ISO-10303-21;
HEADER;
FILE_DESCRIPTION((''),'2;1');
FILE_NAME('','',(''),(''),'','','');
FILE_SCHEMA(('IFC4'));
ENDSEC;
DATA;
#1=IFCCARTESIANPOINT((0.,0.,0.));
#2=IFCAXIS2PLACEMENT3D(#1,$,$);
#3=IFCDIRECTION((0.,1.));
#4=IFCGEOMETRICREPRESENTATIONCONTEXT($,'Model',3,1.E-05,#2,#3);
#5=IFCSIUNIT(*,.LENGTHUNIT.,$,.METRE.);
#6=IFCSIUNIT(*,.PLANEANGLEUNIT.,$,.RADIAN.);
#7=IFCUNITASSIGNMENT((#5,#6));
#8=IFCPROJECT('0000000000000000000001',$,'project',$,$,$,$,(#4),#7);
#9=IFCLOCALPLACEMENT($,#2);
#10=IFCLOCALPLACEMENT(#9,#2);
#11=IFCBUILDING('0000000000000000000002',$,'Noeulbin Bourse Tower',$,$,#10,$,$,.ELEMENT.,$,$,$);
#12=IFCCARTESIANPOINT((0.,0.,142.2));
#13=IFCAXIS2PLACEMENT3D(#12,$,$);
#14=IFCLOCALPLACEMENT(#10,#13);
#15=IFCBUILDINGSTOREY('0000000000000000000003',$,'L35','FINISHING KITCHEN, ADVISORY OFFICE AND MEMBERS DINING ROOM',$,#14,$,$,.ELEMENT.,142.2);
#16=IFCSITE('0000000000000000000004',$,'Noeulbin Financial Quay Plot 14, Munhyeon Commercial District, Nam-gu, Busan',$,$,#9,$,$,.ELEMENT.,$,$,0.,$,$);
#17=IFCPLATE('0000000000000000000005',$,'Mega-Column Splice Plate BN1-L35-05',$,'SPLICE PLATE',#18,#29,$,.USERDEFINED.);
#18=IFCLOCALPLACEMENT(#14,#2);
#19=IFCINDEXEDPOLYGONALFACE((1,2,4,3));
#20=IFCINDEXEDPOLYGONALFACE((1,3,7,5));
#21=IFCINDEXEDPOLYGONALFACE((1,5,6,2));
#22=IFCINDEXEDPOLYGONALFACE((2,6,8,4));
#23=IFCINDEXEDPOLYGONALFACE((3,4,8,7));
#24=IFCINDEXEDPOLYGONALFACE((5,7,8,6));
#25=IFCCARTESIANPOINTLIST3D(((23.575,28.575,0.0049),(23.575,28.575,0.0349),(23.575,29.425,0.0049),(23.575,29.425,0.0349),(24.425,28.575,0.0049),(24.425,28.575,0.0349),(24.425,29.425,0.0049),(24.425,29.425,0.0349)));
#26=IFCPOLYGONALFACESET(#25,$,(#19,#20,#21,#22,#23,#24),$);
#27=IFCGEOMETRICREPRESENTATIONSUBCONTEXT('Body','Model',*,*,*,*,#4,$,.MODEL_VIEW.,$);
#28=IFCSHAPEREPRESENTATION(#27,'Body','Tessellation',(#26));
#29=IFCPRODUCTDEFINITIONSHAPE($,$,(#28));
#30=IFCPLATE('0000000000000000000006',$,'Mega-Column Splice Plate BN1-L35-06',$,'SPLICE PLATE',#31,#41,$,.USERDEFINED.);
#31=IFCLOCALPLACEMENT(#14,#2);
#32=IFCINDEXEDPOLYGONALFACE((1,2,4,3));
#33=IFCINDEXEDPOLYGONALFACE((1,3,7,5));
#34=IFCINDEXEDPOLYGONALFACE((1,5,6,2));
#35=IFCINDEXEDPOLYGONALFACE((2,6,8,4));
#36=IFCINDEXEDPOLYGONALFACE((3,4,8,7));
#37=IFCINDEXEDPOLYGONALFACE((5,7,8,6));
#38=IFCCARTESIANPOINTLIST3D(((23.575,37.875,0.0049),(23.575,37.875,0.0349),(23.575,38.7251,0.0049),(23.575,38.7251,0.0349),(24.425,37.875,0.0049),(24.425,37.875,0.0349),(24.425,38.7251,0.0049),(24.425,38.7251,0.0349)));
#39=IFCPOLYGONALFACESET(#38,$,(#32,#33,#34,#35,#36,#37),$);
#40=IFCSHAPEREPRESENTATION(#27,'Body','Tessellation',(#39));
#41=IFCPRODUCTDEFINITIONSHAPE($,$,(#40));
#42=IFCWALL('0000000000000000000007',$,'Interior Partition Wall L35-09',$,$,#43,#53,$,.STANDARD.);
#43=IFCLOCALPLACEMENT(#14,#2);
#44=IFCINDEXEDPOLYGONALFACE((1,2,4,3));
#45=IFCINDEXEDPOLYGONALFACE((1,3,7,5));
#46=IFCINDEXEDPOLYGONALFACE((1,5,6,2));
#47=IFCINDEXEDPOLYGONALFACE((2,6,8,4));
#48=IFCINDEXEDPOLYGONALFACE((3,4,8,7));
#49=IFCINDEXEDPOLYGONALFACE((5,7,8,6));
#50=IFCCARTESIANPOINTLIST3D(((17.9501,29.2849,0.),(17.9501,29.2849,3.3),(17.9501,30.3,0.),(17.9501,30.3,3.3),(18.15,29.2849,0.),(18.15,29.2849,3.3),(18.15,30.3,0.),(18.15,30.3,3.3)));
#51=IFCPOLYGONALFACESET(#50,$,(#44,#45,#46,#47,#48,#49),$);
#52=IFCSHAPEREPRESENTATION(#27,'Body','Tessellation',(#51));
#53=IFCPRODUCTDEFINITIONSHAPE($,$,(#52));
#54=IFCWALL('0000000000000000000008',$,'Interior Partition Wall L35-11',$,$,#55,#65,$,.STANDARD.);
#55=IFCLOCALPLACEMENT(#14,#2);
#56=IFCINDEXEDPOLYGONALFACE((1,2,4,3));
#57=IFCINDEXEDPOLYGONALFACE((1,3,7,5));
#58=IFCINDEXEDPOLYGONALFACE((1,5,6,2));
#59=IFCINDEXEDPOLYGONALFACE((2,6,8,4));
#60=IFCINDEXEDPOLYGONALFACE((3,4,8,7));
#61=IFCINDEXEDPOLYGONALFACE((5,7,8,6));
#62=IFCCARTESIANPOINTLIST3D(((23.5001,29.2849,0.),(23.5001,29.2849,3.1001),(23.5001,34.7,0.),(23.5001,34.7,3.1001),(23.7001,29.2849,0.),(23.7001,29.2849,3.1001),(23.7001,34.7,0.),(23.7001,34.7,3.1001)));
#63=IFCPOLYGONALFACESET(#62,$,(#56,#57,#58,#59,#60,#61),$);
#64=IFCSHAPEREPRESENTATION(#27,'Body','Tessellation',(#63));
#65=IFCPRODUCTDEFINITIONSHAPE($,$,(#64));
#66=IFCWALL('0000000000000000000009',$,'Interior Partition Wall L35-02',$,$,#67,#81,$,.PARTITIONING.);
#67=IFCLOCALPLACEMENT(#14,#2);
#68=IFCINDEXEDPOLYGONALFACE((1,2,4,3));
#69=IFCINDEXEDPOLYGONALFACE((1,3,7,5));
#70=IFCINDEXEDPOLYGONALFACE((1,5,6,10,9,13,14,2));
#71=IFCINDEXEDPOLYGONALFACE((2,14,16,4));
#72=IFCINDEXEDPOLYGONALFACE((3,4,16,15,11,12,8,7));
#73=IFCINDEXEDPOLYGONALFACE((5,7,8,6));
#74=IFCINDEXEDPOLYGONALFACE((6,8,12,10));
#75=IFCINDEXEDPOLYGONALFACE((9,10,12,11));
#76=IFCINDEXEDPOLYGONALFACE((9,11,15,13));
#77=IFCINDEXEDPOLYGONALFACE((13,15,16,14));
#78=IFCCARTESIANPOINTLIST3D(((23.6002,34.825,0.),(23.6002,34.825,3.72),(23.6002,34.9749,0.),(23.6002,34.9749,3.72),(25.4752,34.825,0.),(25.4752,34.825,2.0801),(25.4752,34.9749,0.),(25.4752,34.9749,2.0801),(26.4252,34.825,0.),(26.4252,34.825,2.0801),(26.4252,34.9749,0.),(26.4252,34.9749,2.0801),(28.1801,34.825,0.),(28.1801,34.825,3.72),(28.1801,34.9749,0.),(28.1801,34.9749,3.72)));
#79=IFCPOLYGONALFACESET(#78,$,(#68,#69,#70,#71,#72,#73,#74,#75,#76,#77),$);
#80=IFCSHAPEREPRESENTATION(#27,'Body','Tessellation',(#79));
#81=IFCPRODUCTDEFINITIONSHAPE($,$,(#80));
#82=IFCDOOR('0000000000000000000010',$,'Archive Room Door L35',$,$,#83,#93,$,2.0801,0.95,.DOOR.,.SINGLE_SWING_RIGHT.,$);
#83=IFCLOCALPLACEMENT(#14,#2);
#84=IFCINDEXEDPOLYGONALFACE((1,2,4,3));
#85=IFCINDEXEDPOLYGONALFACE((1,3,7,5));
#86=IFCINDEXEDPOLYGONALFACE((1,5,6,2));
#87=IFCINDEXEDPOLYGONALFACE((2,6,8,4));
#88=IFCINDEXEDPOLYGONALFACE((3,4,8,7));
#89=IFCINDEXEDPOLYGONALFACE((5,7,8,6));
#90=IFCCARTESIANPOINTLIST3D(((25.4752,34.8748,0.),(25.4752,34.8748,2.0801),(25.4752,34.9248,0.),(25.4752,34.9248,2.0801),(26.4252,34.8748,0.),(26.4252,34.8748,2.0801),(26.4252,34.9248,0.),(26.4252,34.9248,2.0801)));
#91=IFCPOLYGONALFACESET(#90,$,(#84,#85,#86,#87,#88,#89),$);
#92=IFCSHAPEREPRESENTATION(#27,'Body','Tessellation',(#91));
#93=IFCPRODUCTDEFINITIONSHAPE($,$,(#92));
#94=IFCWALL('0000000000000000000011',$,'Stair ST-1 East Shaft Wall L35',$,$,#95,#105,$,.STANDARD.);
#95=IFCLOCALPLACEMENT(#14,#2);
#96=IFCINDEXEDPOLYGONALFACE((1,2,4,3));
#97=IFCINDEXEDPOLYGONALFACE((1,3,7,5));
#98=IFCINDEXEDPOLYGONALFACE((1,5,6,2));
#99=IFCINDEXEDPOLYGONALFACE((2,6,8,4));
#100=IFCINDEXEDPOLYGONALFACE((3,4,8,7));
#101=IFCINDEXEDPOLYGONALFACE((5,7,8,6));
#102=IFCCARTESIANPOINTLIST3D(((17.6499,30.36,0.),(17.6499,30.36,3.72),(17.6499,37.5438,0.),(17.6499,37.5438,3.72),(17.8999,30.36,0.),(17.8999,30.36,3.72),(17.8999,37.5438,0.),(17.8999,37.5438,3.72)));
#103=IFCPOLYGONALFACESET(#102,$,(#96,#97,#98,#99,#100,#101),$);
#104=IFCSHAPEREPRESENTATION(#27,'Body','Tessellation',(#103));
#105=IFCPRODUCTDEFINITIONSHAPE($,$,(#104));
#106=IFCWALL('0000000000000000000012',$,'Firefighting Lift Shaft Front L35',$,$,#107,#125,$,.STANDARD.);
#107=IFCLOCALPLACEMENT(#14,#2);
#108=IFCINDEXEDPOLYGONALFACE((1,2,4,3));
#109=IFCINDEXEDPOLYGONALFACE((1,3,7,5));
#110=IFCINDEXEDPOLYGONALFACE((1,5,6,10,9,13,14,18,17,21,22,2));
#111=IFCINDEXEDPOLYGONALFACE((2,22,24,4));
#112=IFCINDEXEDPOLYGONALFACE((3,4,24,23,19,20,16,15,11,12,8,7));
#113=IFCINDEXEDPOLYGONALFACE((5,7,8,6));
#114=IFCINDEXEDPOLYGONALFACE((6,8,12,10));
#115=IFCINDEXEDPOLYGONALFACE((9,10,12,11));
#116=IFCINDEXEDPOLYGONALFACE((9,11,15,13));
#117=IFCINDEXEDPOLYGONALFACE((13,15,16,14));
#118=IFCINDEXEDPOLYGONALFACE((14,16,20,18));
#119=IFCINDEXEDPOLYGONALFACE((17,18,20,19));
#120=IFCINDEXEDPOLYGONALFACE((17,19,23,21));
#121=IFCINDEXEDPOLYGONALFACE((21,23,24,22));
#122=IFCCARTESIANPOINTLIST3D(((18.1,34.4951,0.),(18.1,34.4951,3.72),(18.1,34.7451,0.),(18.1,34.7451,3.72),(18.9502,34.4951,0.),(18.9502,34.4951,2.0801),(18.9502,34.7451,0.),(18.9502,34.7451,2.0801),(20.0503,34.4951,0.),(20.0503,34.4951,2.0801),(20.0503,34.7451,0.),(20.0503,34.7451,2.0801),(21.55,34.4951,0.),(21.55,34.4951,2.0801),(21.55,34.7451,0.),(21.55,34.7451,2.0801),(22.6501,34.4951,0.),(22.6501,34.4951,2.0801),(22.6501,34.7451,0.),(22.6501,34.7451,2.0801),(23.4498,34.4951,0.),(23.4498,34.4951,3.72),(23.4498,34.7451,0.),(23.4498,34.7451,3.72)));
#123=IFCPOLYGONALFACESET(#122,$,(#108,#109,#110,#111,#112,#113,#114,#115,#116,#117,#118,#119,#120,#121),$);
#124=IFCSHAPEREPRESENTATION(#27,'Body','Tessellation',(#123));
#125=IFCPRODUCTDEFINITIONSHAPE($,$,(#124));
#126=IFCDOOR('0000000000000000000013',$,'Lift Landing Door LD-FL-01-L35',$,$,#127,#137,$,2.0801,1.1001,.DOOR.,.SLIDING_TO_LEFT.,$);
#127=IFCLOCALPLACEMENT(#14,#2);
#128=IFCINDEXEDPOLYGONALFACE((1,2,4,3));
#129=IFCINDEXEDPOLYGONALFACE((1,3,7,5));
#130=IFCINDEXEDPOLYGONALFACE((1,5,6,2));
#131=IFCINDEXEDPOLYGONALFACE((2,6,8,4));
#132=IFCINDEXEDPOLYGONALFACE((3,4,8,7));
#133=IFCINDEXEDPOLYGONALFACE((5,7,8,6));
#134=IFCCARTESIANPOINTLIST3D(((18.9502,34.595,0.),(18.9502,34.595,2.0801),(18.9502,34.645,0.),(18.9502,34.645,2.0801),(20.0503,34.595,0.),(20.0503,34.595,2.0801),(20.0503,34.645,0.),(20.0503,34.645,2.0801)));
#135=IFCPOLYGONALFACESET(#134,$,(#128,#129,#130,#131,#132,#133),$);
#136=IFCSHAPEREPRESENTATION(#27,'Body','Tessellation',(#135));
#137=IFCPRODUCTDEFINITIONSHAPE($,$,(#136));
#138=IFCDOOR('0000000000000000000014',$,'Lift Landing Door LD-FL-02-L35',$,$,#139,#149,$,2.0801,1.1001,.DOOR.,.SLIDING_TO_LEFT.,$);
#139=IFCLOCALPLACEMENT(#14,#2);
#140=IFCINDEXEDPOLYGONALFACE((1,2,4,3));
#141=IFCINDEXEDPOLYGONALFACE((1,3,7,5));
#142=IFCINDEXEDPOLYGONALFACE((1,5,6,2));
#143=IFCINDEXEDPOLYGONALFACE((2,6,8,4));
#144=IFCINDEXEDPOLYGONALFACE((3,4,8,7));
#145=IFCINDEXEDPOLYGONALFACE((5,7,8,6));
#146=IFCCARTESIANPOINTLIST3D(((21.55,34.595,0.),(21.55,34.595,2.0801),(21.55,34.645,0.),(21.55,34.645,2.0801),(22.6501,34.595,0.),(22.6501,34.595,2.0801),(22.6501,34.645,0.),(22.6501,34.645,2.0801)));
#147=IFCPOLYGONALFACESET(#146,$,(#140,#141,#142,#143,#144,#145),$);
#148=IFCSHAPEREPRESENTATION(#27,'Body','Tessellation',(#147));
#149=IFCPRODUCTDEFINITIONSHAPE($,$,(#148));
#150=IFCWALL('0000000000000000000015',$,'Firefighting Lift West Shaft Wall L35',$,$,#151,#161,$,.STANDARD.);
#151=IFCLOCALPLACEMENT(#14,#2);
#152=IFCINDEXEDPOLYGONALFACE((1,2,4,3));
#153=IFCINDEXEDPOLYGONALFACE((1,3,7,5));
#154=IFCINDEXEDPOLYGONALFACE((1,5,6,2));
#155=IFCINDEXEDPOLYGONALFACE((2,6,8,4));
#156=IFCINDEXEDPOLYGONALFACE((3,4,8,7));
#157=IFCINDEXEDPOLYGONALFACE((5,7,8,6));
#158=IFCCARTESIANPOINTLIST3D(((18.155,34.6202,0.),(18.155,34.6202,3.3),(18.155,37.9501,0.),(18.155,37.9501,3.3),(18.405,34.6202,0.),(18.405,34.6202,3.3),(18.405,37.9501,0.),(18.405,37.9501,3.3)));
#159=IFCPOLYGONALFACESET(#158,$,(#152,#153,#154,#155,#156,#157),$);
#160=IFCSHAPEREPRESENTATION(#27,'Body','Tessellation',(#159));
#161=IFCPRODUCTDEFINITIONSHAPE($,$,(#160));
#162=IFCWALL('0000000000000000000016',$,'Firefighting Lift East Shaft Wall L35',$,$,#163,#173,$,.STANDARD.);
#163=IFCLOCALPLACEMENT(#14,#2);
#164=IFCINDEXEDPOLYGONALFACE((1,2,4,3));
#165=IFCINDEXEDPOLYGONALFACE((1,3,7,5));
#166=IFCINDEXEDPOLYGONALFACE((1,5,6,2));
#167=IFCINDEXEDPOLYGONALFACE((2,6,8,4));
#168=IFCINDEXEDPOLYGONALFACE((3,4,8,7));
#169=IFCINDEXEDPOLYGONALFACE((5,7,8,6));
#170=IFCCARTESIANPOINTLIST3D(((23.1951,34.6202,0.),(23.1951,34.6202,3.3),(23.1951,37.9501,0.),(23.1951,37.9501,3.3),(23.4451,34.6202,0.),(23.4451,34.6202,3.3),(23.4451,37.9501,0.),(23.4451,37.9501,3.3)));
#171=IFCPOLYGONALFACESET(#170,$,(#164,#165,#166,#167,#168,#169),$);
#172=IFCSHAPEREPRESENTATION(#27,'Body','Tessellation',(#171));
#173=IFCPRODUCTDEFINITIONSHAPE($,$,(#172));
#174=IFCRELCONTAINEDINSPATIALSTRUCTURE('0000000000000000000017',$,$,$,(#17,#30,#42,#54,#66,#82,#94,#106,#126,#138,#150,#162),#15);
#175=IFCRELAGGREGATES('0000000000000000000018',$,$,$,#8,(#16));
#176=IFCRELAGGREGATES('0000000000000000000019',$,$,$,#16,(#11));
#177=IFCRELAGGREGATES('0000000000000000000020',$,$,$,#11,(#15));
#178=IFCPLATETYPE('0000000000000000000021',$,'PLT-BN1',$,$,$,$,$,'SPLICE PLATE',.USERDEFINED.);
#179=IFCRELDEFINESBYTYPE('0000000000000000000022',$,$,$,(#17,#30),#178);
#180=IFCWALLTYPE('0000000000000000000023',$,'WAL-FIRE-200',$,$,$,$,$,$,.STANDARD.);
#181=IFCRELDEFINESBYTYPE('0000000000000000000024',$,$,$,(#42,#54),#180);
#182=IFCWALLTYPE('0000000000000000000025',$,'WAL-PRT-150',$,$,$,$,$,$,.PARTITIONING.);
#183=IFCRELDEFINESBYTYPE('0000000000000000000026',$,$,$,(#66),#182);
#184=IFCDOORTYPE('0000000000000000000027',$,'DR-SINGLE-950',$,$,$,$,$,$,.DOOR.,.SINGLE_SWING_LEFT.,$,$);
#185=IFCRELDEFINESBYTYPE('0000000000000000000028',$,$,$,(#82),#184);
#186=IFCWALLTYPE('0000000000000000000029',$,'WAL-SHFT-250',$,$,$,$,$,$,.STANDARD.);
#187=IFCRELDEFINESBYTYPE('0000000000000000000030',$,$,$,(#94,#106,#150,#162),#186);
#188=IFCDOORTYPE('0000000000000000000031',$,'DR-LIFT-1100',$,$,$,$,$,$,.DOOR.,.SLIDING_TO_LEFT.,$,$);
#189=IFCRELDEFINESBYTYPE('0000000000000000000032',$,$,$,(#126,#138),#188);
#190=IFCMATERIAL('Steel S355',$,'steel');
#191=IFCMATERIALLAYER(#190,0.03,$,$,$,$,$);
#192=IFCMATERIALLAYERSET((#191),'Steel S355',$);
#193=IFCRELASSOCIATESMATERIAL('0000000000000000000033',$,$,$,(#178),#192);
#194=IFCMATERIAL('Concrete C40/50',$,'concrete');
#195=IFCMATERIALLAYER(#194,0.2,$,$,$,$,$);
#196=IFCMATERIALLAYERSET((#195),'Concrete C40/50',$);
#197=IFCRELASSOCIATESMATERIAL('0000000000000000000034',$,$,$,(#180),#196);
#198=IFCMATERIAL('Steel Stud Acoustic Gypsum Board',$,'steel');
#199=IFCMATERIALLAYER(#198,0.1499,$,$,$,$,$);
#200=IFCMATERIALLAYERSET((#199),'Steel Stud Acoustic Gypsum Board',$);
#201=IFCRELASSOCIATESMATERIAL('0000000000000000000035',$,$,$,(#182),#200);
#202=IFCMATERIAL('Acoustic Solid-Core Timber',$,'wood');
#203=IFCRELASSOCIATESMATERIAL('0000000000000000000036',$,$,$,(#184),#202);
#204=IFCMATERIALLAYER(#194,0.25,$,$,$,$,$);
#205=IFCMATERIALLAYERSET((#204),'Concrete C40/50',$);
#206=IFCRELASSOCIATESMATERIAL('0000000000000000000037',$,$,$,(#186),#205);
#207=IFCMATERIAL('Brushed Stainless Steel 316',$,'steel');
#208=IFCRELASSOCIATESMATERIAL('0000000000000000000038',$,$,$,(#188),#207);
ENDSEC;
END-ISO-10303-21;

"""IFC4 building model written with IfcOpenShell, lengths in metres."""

from ifc_helpers import new_model, si_unit, direction, frame, frame_2d, origin, origin_2d, place, context, subcontext, project, spatial, rectangle, extrude, material, layer, layer_set, type_object, element, fill, save


model = new_model("IFC4")

# Units and contexts
model_context = context("Model", 3, precision=1e-05, world=origin(), true_north=direction((0.0, 1.0)))
body_context = subcontext(model_context, "Body", "Model", "MODEL_VIEW")
ifc_project = project(units=[si_unit("LENGTHUNIT", "METRE"), si_unit("PLANEANGLEUNIT", "RADIAN")], contexts=[model_context])

# Site, building, storey
site_placement = place(None, origin())
site = spatial("IfcSite", under=ifc_project, at=site_placement, Name="Noeulbin Financial Quay Plot 14, Munhyeon Commercial District, Nam-gu, Busan", CompositionType="ELEMENT", RefElevation=0.0)
building_placement = place(site_placement, origin())
building = spatial("IfcBuilding", under=site, at=building_placement, Name="Noeulbin Bourse Tower", CompositionType="ELEMENT")
storey_placement = place(building_placement, frame((0.0, 0.0, 142.2)))
storey = spatial("IfcBuildingStorey", under=building, at=storey_placement, Name="L35", Description="FINISHING KITCHEN, ADVISORY OFFICE AND MEMBERS DINING ROOM", CompositionType="ELEMENT", Elevation=142.2)

# Plates
ifc_material_1 = material(Name="Steel S355", Category="steel")
ifc_layer_1 = layer(ifc_material_1, 0.03)
ifc_layer_set_1 = layer_set([ifc_layer_1], Name="Steel S355")
plate_type = type_object("IfcPlateType", Name="PLT-BN1", ElementType="SPLICE PLATE", PredefinedType="USERDEFINED", material=ifc_layer_set_1)
for number, where, z_axis, x_axis, name in (
    (1, (24.0, 29.0, 0.0049), (0.0, 0.0, 1.0), (1.0, 0.0, 0.0), "Mega-Column Splice Plate BN1-L35-05"),
    (2, (24.0, 38.3, 0.0049), (0.0, 0.0, 1.0), (1.0, 0.0, 0.0), "Mega-Column Splice Plate BN1-L35-06"),
):
    element("IfcPlate", number, at=place(storey_placement, frame(where, z_axis=z_axis, x_axis=x_axis)), inside=storey, type_object=plate_type, Name=name, ObjectType="SPLICE PLATE", PredefinedType="USERDEFINED", context=body_context, shape_type="SweptSolid", body=[
        extrude(rectangle(XDim=0.8501, YDim=0.8501, at=origin_2d()), origin(), (0.0, 0.0, 1.0), 0.03),
    ])

# Walls
ifc_material_2 = material(Name="Concrete C40/50", Category="concrete")
ifc_layer_2 = layer(ifc_material_2, 0.2)
ifc_layer_set_2 = layer_set([ifc_layer_2], Name="Concrete C40/50")
wall_type_1 = type_object("IfcWallType", Name="WAL-FIRE-200", PredefinedType="STANDARD", material=ifc_layer_set_2)
wall_1_placement = place(storey_placement, frame((18.05, 29.2849, 0.0), z_axis=(0.0, 0.0, 1.0), x_axis=(0.0, 1.0, 0.0)))
element("IfcWall", 3, at=wall_1_placement, inside=storey, type_object=wall_type_1, Name="Interior Partition Wall L35-09", PredefinedType="STANDARD", context=body_context, shape_type="SweptSolid", body=[
    extrude(rectangle(XDim=1.0151, YDim=0.2, at=frame_2d((0.5076, 0.0))), origin(), (0.0, 0.0, 1.0), 3.3),
])
wall_2_placement = place(storey_placement, frame((23.6001, 29.2849, 0.0), z_axis=(0.0, 0.0, 1.0), x_axis=(0.0, 1.0, 0.0)))
element("IfcWall", 4, at=wall_2_placement, inside=storey, type_object=wall_type_1, Name="Interior Partition Wall L35-11", PredefinedType="STANDARD", context=body_context, shape_type="SweptSolid", body=[
    extrude(rectangle(XDim=5.415, YDim=0.2, at=frame_2d((2.7075, 0.0))), origin(), (0.0, 0.0, 1.0), 3.1001),
])

# Wall, opening, door
ifc_material_3 = material(Name="Steel Stud Acoustic Gypsum Board", Category="steel")
ifc_layer_3 = layer(ifc_material_3, 0.1499)
ifc_layer_set_3 = layer_set([ifc_layer_3], Name="Steel Stud Acoustic Gypsum Board")
wall_type_2 = type_object("IfcWallType", Name="WAL-PRT-150", PredefinedType="PARTITIONING", material=ifc_layer_set_3)
wall_3_placement = place(storey_placement, frame((23.6001, 34.8999, 0.0), z_axis=(0.0, 0.0, 1.0), x_axis=(1.0, 0.0, 0.0)))
wall_3 = element("IfcWall", 5, at=wall_3_placement, inside=storey, type_object=wall_type_2, Name="Interior Partition Wall L35-02", PredefinedType="PARTITIONING", context=body_context, shape_type="SweptSolid", body=[
    extrude(rectangle(XDim=4.5798, YDim=0.1499, at=frame_2d((2.29, 0.0))), origin(), (0.0, 0.0, 1.0), 3.72),
])
opening_1_placement = place(wall_3_placement, frame((1.875, 0.0, 0.0)))
opening_1 = element("IfcOpeningElement", 6, at=opening_1_placement, cuts=wall_3, PredefinedType="OPENING", context=body_context, shape_type="SweptSolid", body=[
    extrude(rectangle(XDim=0.95, YDim=2.0801, at=frame_2d((0.4751, 1.04))), frame((0.0, 0.085, 0.0), z_axis=(0.0, -1.0, 0.0), x_axis=(1.0, 0.0, 0.0)), (0.0, 0.0, 1.0), 0.1699),
])
ifc_material_4 = material(Name="Acoustic Solid-Core Timber", Category="wood")
door_type_1 = type_object("IfcDoorType", Name="DR-SINGLE-950", OperationType="SINGLE_SWING_LEFT", PredefinedType="DOOR", material=ifc_material_4)
door_1_placement = place(opening_1_placement, origin())
door_1 = element("IfcDoor", 7, at=door_1_placement, inside=storey, type_object=door_type_1, Name="Archive Room Door L35", OperationType="SINGLE_SWING_RIGHT", OverallHeight=2.0801, OverallWidth=0.95, PredefinedType="DOOR", context=body_context, shape_type="SweptSolid", body=[
    extrude(rectangle(XDim=0.95, YDim=2.0801, at=frame_2d((0.4751, 1.04))), frame((0.0, 0.0249, 0.0), z_axis=(0.0, -1.0, 0.0), x_axis=(1.0, 0.0, 0.0)), (0.0, 0.0, 1.0), 0.05),
])
fill(opening_1, door_1)

# Wall
ifc_layer_4 = layer(ifc_material_2, 0.25)
ifc_layer_set_4 = layer_set([ifc_layer_4], Name="Concrete C40/50")
wall_type_3 = type_object("IfcWallType", Name="WAL-SHFT-250", PredefinedType="STANDARD", material=ifc_layer_set_4)
wall_4_placement = place(storey_placement, frame((17.7749, 30.3601, 0.0), z_axis=(0.0, 0.0, 1.0), x_axis=(0.0, 1.0, 0.0)))
element("IfcWall", 8, at=wall_4_placement, inside=storey, type_object=wall_type_3, Name="Stair ST-1 East Shaft Wall L35", PredefinedType="STANDARD", context=body_context, shape_type="SweptSolid", body=[
    extrude(rectangle(XDim=7.1838, YDim=0.25, at=frame_2d((3.5918, 0.0))), origin(), (0.0, 0.0, 1.0), 3.72),
])

# Wall, openings, doors
wall_5_placement = place(storey_placement, frame((18.1001, 34.6201, 0.0), z_axis=(0.0, 0.0, 1.0), x_axis=(1.0, 0.0, 0.0)))
wall_5 = element("IfcWall", 9, at=wall_5_placement, inside=storey, type_object=wall_type_3, Name="Firefighting Lift Shaft Front L35", PredefinedType="STANDARD", context=body_context, shape_type="SweptSolid", body=[
    extrude(rectangle(XDim=5.3499, YDim=0.25, at=frame_2d((2.6748, 0.0))), origin(), (0.0, 0.0, 1.0), 3.72),
])
opening_2_placement = place(wall_5_placement, frame((0.8501, 0.0, 0.0)))
opening_2 = element("IfcOpeningElement", 10, at=opening_2_placement, cuts=wall_5, PredefinedType="OPENING", context=body_context, shape_type="SweptSolid", body=[
    extrude(rectangle(XDim=1.1001, YDim=2.0801, at=frame_2d((0.55, 1.04))), frame((0.0, 0.135, 0.0), z_axis=(0.0, -1.0, 0.0), x_axis=(1.0, 0.0, 0.0)), (0.0, 0.0, 1.0), 0.27),
])
opening_3_placement = place(wall_5_placement, frame((3.45, 0.0, 0.0)))
opening_3 = element("IfcOpeningElement", 11, at=opening_3_placement, cuts=wall_5, PredefinedType="OPENING", context=body_context, shape_type="SweptSolid", body=[
    extrude(rectangle(XDim=1.1001, YDim=2.0801, at=frame_2d((0.55, 1.04))), frame((0.0, 0.135, 0.0), z_axis=(0.0, -1.0, 0.0), x_axis=(1.0, 0.0, 0.0)), (0.0, 0.0, 1.0), 0.27),
])
ifc_material_5 = material(Name="Brushed Stainless Steel 316", Category="steel")
door_type_2 = type_object("IfcDoorType", Name="DR-LIFT-1100", OperationType="SLIDING_TO_LEFT", PredefinedType="DOOR", material=ifc_material_5)
door_2_placement = place(opening_2_placement, origin())
door_2 = element("IfcDoor", 12, at=door_2_placement, inside=storey, type_object=door_type_2, Name="Lift Landing Door LD-FL-01-L35", OperationType="SLIDING_TO_LEFT", OverallHeight=2.0801, OverallWidth=1.1001, PredefinedType="DOOR", context=body_context, shape_type="SweptSolid", body=[
    extrude(rectangle(XDim=1.1001, YDim=2.0801, at=frame_2d((0.55, 1.04))), frame((0.0, 0.0249, 0.0), z_axis=(0.0, -1.0, 0.0), x_axis=(1.0, 0.0, 0.0)), (0.0, 0.0, 1.0), 0.05),
])
fill(opening_2, door_2)
door_3_placement = place(opening_3_placement, origin())
door_3 = element("IfcDoor", 13, at=door_3_placement, inside=storey, type_object=door_type_2, Name="Lift Landing Door LD-FL-02-L35", OperationType="SLIDING_TO_LEFT", OverallHeight=2.0801, OverallWidth=1.1001, PredefinedType="DOOR", context=body_context, shape_type="SweptSolid", body=[
    extrude(rectangle(XDim=1.1001, YDim=2.0801, at=frame_2d((0.55, 1.04))), frame((0.0, 0.0249, 0.0), z_axis=(0.0, -1.0, 0.0), x_axis=(1.0, 0.0, 0.0)), (0.0, 0.0, 1.0), 0.05),
])
fill(opening_3, door_3)

# Walls
for number, where, z_axis, x_axis, name in (
    (14, (18.28, 34.6201, 0.0), (0.0, 0.0, 1.0), (0.0, 1.0, 0.0), "Firefighting Lift West Shaft Wall L35"),
    (15, (23.3201, 34.6201, 0.0), (0.0, 0.0, 1.0), (0.0, 1.0, 0.0), "Firefighting Lift East Shaft Wall L35"),
):
    element("IfcWall", number, at=place(storey_placement, frame(where, z_axis=z_axis, x_axis=x_axis)), inside=storey, type_object=wall_type_3, Name=name, PredefinedType="STANDARD", context=body_context, shape_type="SweptSolid", body=[
        extrude(rectangle(XDim=3.3298, YDim=0.25, at=frame_2d((1.665, 0.0))), origin(), (0.0, 0.0, 1.0), 3.3),
    ])

save(model, "model.ifc")
